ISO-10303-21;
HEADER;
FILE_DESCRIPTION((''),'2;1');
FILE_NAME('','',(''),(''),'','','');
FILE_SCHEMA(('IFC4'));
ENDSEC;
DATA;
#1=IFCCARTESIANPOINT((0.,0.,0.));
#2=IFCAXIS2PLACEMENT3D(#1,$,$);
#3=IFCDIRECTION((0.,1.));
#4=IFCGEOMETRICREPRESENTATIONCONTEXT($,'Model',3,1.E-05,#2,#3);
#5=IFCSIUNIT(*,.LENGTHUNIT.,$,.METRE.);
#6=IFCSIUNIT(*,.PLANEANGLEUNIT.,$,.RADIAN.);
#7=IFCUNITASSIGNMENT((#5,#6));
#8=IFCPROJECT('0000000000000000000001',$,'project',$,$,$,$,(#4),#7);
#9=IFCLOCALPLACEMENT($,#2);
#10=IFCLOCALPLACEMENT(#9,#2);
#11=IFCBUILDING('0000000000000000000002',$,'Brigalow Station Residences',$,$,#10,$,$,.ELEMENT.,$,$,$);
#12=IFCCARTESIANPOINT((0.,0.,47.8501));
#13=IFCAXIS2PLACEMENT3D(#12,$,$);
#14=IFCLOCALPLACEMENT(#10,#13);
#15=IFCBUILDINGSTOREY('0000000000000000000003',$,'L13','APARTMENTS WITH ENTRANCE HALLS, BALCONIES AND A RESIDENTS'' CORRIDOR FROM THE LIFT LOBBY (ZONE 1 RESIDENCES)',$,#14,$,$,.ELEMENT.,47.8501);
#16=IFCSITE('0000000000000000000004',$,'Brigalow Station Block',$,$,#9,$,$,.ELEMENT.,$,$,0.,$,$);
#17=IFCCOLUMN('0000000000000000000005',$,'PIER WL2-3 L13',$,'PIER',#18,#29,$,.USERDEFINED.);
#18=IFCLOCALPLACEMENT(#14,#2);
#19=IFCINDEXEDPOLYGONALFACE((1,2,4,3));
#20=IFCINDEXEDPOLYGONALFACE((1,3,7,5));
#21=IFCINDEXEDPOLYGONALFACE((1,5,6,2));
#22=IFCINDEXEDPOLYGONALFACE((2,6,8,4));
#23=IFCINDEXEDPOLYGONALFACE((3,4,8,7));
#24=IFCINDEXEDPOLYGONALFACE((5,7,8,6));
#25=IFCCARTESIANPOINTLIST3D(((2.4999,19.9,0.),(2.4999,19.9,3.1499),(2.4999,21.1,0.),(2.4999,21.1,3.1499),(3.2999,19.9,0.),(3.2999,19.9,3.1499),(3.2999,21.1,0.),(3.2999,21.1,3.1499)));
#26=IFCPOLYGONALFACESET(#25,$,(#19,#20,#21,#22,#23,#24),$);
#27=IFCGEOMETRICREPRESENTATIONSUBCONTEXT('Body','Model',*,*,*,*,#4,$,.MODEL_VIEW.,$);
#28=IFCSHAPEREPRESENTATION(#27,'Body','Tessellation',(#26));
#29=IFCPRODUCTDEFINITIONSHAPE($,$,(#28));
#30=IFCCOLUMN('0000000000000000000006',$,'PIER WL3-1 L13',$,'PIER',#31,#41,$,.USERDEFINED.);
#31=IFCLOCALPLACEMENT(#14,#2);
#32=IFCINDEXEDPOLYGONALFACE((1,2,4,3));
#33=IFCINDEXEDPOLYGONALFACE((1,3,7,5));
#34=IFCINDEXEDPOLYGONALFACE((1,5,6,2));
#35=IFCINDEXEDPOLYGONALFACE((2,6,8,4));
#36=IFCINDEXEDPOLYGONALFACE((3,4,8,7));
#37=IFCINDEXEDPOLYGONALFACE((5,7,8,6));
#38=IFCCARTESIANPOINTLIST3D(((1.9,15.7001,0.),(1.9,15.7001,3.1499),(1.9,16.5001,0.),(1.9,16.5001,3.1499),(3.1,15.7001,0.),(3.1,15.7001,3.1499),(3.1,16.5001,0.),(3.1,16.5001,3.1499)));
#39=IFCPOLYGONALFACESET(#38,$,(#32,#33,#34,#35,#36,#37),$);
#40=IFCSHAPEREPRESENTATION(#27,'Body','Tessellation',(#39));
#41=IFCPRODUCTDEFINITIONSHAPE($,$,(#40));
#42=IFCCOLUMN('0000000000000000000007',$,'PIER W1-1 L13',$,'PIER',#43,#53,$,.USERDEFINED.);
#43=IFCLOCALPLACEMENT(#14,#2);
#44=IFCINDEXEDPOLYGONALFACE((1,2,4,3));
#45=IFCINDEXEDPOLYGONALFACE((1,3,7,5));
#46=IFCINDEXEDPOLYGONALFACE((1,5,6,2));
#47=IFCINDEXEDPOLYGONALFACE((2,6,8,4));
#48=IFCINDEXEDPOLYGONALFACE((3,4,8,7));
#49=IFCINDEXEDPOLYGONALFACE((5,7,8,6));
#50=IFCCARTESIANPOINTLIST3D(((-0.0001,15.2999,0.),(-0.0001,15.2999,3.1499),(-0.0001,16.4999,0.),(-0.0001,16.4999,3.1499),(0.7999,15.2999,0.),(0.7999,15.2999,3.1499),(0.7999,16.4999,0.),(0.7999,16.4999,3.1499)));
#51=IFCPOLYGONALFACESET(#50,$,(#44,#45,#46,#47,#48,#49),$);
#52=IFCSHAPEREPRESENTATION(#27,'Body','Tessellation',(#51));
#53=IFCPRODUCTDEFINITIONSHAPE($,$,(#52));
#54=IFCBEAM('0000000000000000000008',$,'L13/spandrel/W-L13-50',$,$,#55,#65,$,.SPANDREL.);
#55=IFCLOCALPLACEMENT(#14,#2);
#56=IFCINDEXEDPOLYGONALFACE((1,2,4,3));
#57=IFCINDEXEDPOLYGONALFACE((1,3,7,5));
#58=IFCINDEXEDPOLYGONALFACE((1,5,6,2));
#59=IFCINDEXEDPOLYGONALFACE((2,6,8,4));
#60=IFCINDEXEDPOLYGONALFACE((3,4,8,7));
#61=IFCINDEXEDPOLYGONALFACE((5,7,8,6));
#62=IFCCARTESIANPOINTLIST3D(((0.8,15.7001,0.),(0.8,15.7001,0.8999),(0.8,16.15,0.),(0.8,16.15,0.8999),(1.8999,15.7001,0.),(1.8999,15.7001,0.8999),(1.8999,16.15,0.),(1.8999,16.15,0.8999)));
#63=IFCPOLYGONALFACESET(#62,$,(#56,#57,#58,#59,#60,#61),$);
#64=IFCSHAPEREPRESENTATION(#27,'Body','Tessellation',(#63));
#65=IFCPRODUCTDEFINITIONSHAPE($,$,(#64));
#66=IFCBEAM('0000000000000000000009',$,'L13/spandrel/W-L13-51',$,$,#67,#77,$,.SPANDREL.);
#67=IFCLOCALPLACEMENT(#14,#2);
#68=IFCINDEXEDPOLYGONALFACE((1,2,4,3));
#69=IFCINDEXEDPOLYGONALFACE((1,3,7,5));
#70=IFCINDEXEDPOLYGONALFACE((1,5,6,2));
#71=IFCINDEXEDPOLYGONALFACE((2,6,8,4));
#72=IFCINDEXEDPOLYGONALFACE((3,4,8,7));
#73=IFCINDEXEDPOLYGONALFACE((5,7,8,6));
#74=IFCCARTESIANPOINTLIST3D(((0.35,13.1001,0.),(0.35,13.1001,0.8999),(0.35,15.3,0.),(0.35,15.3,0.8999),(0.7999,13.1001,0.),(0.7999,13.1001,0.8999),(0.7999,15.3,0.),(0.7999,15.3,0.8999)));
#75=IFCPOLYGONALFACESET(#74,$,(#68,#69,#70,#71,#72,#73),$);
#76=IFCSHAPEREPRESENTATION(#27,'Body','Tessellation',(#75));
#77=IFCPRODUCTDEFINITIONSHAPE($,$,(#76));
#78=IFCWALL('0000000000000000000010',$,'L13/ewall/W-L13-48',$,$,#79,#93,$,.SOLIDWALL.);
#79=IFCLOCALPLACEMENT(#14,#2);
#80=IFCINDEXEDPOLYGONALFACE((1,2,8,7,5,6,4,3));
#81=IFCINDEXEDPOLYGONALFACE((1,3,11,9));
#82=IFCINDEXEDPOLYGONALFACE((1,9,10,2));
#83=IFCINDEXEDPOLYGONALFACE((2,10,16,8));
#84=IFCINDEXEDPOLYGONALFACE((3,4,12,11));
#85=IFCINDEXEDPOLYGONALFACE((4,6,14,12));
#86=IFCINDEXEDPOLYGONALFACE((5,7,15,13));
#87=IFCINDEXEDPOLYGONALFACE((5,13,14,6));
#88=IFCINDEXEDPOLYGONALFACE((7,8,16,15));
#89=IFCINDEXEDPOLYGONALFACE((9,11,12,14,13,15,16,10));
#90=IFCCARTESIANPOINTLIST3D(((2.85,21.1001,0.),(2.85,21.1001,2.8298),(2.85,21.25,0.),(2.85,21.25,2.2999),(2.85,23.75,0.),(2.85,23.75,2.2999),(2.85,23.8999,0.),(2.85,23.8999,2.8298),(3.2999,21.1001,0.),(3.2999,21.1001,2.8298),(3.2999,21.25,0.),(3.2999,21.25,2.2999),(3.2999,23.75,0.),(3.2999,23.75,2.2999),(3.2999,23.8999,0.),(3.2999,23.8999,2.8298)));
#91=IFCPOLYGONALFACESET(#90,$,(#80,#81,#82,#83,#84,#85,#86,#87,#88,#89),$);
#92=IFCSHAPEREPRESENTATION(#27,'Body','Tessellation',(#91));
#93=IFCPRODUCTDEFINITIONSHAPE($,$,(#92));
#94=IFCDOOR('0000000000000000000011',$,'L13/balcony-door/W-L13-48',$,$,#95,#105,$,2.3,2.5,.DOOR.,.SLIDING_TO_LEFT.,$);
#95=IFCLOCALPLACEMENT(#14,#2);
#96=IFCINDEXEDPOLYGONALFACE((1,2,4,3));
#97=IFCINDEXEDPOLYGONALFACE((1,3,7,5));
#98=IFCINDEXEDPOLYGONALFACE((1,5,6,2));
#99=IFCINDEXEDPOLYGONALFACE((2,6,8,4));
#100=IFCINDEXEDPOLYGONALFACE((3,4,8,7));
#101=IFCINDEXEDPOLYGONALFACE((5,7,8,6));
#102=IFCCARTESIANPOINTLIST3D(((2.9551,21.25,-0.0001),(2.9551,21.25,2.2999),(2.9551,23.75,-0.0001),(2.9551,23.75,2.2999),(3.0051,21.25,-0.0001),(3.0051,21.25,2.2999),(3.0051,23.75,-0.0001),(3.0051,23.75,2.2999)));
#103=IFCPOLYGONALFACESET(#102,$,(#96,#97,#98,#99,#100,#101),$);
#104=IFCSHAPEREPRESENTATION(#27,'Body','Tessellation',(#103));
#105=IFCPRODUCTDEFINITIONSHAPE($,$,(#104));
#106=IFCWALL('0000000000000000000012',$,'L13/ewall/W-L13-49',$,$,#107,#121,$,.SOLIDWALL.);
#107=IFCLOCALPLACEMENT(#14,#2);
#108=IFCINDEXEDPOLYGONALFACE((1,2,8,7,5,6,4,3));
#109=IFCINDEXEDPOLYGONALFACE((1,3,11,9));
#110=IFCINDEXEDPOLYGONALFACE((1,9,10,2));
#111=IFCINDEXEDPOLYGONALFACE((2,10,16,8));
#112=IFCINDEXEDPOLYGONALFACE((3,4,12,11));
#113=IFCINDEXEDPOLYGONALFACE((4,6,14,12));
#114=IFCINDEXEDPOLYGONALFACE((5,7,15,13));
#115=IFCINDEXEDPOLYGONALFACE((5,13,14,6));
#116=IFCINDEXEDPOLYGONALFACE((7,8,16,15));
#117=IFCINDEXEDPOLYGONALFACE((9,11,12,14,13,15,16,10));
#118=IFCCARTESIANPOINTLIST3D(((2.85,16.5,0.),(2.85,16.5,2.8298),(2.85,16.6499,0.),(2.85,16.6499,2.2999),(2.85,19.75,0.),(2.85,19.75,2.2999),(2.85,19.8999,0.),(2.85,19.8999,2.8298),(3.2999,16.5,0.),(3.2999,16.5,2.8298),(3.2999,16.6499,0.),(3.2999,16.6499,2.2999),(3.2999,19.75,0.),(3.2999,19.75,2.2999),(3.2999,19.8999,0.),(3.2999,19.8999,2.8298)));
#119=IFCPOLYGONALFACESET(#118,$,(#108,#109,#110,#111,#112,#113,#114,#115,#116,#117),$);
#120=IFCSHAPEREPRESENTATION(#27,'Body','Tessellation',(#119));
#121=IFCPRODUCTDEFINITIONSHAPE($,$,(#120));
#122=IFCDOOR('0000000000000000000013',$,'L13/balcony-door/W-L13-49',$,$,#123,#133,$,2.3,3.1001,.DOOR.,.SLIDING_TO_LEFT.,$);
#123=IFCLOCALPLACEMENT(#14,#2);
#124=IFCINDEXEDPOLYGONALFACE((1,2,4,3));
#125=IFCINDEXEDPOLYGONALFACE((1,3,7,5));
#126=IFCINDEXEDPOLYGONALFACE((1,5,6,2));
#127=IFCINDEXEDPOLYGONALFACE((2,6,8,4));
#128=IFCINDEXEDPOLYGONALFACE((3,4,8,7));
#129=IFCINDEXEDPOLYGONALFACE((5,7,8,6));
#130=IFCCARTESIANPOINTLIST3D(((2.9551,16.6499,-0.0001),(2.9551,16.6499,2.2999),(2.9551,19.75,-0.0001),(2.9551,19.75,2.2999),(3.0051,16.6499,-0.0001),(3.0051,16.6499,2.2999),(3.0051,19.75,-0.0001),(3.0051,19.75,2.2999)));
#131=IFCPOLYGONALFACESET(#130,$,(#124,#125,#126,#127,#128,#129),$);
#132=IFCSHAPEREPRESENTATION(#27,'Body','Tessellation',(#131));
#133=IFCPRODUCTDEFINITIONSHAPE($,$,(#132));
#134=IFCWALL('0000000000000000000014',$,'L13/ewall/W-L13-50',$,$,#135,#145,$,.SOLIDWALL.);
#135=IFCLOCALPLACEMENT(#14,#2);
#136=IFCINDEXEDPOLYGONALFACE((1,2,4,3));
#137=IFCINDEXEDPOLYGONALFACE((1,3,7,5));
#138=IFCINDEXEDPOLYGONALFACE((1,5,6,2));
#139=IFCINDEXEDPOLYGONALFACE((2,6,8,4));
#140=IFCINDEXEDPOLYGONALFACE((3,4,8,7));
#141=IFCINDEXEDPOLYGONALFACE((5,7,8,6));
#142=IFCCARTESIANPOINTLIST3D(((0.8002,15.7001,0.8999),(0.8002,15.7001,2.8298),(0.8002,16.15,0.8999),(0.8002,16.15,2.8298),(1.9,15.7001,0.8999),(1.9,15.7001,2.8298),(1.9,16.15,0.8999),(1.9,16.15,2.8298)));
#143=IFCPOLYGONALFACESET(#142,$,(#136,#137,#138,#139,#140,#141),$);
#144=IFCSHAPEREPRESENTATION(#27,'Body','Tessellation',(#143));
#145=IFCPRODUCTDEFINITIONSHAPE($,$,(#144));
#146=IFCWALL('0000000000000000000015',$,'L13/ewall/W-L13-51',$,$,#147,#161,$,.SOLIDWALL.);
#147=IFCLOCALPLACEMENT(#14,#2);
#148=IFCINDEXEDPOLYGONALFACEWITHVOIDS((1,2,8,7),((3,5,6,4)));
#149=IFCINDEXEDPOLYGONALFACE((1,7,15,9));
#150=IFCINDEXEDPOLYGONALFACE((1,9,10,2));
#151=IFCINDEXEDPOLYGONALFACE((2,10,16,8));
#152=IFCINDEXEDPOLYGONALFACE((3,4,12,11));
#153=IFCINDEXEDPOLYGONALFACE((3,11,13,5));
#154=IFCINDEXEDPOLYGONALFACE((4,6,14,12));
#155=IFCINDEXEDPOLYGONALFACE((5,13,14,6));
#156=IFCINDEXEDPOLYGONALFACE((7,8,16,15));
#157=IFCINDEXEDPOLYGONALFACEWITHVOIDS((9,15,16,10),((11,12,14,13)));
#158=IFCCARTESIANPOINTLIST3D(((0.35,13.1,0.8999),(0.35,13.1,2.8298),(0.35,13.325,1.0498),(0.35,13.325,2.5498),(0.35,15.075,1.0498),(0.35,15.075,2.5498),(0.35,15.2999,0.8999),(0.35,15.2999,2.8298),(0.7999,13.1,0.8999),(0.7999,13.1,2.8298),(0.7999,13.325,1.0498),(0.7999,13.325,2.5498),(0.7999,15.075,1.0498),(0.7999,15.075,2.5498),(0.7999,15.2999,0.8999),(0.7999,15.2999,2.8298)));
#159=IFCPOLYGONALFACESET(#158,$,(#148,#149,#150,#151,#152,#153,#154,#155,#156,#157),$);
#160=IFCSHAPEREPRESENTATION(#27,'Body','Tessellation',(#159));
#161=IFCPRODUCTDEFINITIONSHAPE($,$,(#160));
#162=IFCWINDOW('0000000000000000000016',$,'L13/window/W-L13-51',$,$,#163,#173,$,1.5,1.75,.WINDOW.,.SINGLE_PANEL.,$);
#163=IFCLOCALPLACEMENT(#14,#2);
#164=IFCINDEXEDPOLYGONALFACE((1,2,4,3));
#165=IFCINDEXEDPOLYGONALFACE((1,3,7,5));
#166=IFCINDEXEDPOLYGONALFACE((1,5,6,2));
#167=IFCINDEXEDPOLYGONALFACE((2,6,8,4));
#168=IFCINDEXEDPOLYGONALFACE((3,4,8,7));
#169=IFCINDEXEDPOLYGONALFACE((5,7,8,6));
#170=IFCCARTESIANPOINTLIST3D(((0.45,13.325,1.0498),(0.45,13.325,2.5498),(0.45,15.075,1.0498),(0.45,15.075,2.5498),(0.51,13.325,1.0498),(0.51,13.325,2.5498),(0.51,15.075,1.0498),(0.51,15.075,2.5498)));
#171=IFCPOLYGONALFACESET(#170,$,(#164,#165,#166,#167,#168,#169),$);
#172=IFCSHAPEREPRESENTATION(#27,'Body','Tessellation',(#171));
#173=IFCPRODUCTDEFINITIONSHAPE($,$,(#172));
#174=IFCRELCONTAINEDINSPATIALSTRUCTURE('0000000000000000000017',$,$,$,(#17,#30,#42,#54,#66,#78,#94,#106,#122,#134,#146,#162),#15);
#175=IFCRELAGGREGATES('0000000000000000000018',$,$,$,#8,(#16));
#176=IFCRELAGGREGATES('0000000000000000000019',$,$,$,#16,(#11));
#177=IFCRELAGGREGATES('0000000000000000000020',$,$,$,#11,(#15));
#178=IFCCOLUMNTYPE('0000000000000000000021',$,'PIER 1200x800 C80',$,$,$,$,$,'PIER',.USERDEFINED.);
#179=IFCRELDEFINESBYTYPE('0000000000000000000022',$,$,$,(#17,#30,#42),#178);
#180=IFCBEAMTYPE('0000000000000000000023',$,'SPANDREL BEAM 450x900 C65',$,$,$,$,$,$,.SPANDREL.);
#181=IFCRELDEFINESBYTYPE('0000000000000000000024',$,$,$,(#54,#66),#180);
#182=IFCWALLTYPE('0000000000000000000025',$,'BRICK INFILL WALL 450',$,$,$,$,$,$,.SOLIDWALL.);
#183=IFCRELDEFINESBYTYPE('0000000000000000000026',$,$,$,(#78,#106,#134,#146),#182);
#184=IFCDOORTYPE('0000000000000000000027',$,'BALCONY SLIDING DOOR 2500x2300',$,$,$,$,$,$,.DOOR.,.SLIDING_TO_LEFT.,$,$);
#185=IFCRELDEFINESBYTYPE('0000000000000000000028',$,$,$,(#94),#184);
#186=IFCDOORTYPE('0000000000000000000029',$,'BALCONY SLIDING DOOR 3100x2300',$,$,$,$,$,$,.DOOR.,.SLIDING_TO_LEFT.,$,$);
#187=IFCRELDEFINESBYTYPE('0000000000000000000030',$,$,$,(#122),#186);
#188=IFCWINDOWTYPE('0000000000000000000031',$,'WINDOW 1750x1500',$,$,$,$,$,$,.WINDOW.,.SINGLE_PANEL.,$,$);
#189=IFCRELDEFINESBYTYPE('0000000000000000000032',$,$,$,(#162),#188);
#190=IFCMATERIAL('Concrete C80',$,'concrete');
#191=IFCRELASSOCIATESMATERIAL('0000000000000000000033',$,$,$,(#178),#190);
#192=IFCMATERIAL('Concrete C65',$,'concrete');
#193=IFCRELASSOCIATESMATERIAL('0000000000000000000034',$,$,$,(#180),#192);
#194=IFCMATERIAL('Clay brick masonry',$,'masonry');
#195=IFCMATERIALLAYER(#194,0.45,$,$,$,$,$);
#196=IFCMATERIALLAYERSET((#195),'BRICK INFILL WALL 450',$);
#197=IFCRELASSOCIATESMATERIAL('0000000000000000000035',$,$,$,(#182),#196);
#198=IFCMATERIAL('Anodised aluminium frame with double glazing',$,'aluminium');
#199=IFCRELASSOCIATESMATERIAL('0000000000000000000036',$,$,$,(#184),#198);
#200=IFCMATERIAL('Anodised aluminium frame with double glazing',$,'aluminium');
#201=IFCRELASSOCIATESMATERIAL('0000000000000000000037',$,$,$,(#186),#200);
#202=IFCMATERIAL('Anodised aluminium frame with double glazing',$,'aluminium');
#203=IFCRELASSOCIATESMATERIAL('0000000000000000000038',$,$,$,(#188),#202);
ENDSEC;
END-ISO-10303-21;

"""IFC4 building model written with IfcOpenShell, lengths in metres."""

from ifc_helpers import new_model, si_unit, direction, frame, frame_2d, origin, origin_2d, place, context, subcontext, project, spatial, rectangle, extrude, material, layer, layer_set, material_profile, profile_set, type_object, element, fill, save


model = new_model("IFC4")

# Units and contexts
model_context = context("Model", 3, precision=1e-05, world=origin(), true_north=direction((0.0, 1.0)))
body_context = subcontext(model_context, "Body", "Model", "MODEL_VIEW")
ifc_project = project(units=[si_unit("LENGTHUNIT", "METRE"), si_unit("PLANEANGLEUNIT", "RADIAN")], contexts=[model_context])

# Site, building, storey
site_placement = place(None, origin())
site = spatial("IfcSite", under=ifc_project, at=site_placement, Name="Brigalow Station Block", CompositionType="ELEMENT", RefElevation=0.0)
building_placement = place(site_placement, origin())
building = spatial("IfcBuilding", under=site, at=building_placement, Name="Brigalow Station Residences", CompositionType="ELEMENT")
storey_placement = place(building_placement, frame((0.0, 0.0, 47.8501)))
storey = spatial("IfcBuildingStorey", under=building, at=storey_placement, Name="L13", Description="APARTMENTS WITH ENTRANCE HALLS, BALCONIES AND A RESIDENTS' CORRIDOR FROM THE LIFT LOBBY (ZONE 1 RESIDENCES)", CompositionType="ELEMENT", Elevation=47.8501)

# Columns
ifc_material_1 = material(Name="Concrete C80", Category="concrete")
ifc_material_profile_1 = material_profile(ifc_material_1, rectangle(XDim=1.2, YDim=0.8, at=origin_2d()), Name="RC1200x800")
ifc_profile_set_1 = profile_set([ifc_material_profile_1], Name="Concrete C80")
column_type = type_object("IfcColumnType", Name="PIER 1200x800 C80", ElementType="PIER", PredefinedType="USERDEFINED", material=ifc_profile_set_1)
for number, where, z_axis, x_axis, name in (
    (1, (2.8999, 20.5, 0.0), (0.0, 0.0, 1.0), (0.0, -1.0, 0.0), "PIER WL2-3 L13"),
    (2, (2.5, 16.1001, 0.0), (0.0, 0.0, 1.0), (-1.0, 0.0, 0.0), "PIER WL3-1 L13"),
    (3, (0.3999, 15.8999, 0.0), (0.0, 0.0, 1.0), (0.0, -1.0, 0.0), "PIER W1-1 L13"),
):
    element("IfcColumn", number, at=place(storey_placement, frame(where, z_axis=z_axis, x_axis=x_axis)), inside=storey, type_object=column_type, Name=name, ObjectType="PIER", PredefinedType="USERDEFINED", context=body_context, shape_type="SweptSolid", body=[
        extrude(rectangle(XDim=1.2, YDim=0.8, at=origin_2d()), origin(), (0.0, 0.0, 1.0), 3.1499),
    ])

# Beams
ifc_material_2 = material(Name="Concrete C65", Category="concrete")
ifc_material_profile_2 = material_profile(ifc_material_2, rectangle(XDim=0.45, YDim=0.8999, at=origin_2d()), Name="RC450x900")
ifc_profile_set_2 = profile_set([ifc_material_profile_2], Name="Concrete C65")
beam_type = type_object("IfcBeamType", Name="SPANDREL BEAM 450x900 C65", PredefinedType="SPANDREL", material=ifc_profile_set_2)
beam_1_placement = place(storey_placement, frame((1.8999, 15.925, 0.45), z_axis=(-1.0, 0.0, 0.0), x_axis=(0.0, -1.0, 0.0)))
element("IfcBeam", 4, at=beam_1_placement, inside=storey, type_object=beam_type, Name="L13/spandrel/W-L13-50", PredefinedType="SPANDREL", context=body_context, shape_type="SweptSolid", body=[
    extrude(rectangle(XDim=0.45, YDim=0.8999, at=origin_2d()), origin(), (0.0, 0.0, 1.0), 1.0999),
])
beam_2_placement = place(storey_placement, frame((0.575, 15.3, 0.45), z_axis=(0.0, -1.0, 0.0), x_axis=(1.0, 0.0, 0.0)))
element("IfcBeam", 5, at=beam_2_placement, inside=storey, type_object=beam_type, Name="L13/spandrel/W-L13-51", PredefinedType="SPANDREL", context=body_context, shape_type="SweptSolid", body=[
    extrude(rectangle(XDim=0.45, YDim=0.8999, at=origin_2d()), origin(), (0.0, 0.0, 1.0), 2.2),
])

# Walls, openings, doors
ifc_material_3 = material(Name="Clay brick masonry", Category="masonry")
ifc_layer_1 = layer(ifc_material_3, 0.45)
ifc_layer_set_1 = layer_set([ifc_layer_1], Name="BRICK INFILL WALL 450")
wall_type_1 = type_object("IfcWallType", Name="BRICK INFILL WALL 450", PredefinedType="SOLIDWALL", material=ifc_layer_set_1)
wall_1_placement = place(storey_placement, frame((3.075, 23.8999, 0.0), z_axis=(0.0, 0.0, 1.0), x_axis=(0.0, -1.0, 0.0)))
wall_1 = element("IfcWall", 6, at=wall_1_placement, inside=storey, type_object=wall_type_1, Name="L13/ewall/W-L13-48", PredefinedType="SOLIDWALL", context=body_context, shape_type="SweptSolid", body=[
    extrude(rectangle(XDim=2.7998, YDim=0.45, at=frame_2d((1.3999, 0.0))), origin(), (0.0, 0.0, 1.0), 2.8298),
])
opening_1_placement = place(wall_1_placement, frame((0.1499, 0.0, 0.0)))
opening_1 = element("IfcOpeningElement", 7, at=opening_1_placement, cuts=wall_1, PredefinedType="OPENING", context=body_context, shape_type="SweptSolid", body=[
    extrude(rectangle(XDim=2.5, YDim=2.3, at=frame_2d((1.25, 1.1499))), frame((0.0, 0.2349, 0.0), z_axis=(0.0, -1.0, 0.0), x_axis=(1.0, 0.0, 0.0)), (0.0, 0.0, 1.0), 0.47),
])
ifc_material_4 = material(Name="Anodised aluminium frame with double glazing", Category="aluminium")
door_type_1 = type_object("IfcDoorType", Name="BALCONY SLIDING DOOR 2500x2300", OperationType="SLIDING_TO_LEFT", PredefinedType="DOOR", material=ifc_material_4)
door_1_placement = place(opening_1_placement, origin())
door_1 = element("IfcDoor", 8, at=door_1_placement, inside=storey, type_object=door_type_1, Name="L13/balcony-door/W-L13-48", OperationType="SLIDING_TO_LEFT", OverallHeight=2.3, OverallWidth=2.5, PredefinedType="DOOR", context=body_context, shape_type="SweptSolid", body=[
    extrude(rectangle(XDim=2.5, YDim=2.3, at=frame_2d((1.25, 1.1499))), frame((0.0, -0.0698, 0.0), z_axis=(0.0, -1.0, 0.0), x_axis=(1.0, 0.0, 0.0)), (0.0, 0.0, 1.0), 0.05),
])
fill(opening_1, door_1)
wall_2_placement = place(storey_placement, frame((3.075, 19.8999, 0.0), z_axis=(0.0, 0.0, 1.0), x_axis=(0.0, -1.0, 0.0)))
wall_2 = element("IfcWall", 9, at=wall_2_placement, inside=storey, type_object=wall_type_1, Name="L13/ewall/W-L13-49", PredefinedType="SOLIDWALL", context=body_context, shape_type="SweptSolid", body=[
    extrude(rectangle(XDim=3.3999, YDim=0.45, at=frame_2d((1.7, 0.0))), origin(), (0.0, 0.0, 1.0), 2.8298),
])
opening_2_placement = place(wall_2_placement, frame((0.1499, 0.0, 0.0)))
opening_2 = element("IfcOpeningElement", 10, at=opening_2_placement, cuts=wall_2, PredefinedType="OPENING", context=body_context, shape_type="SweptSolid", body=[
    extrude(rectangle(XDim=3.1001, YDim=2.3, at=frame_2d((1.55, 1.1499))), frame((0.0, 0.2349, 0.0), z_axis=(0.0, -1.0, 0.0), x_axis=(1.0, 0.0, 0.0)), (0.0, 0.0, 1.0), 0.47),
])
ifc_material_5 = material(Name="Anodised aluminium frame with double glazing", Category="aluminium")
door_type_2 = type_object("IfcDoorType", Name="BALCONY SLIDING DOOR 3100x2300", OperationType="SLIDING_TO_LEFT", PredefinedType="DOOR", material=ifc_material_5)
door_2_placement = place(opening_2_placement, origin())
door_2 = element("IfcDoor", 11, at=door_2_placement, inside=storey, type_object=door_type_2, Name="L13/balcony-door/W-L13-49", OperationType="SLIDING_TO_LEFT", OverallHeight=2.3, OverallWidth=3.1001, PredefinedType="DOOR", context=body_context, shape_type="SweptSolid", body=[
    extrude(rectangle(XDim=3.1001, YDim=2.3, at=frame_2d((1.55, 1.1499))), frame((0.0, -0.0698, 0.0), z_axis=(0.0, -1.0, 0.0), x_axis=(1.0, 0.0, 0.0)), (0.0, 0.0, 1.0), 0.05),
])
fill(opening_2, door_2)

# Wall
wall_3_placement = place(storey_placement, frame((1.8999, 15.925, 0.8999), z_axis=(0.0, 0.0, 1.0), x_axis=(-1.0, 0.0, 0.0)))
element("IfcWall", 12, at=wall_3_placement, inside=storey, type_object=wall_type_1, Name="L13/ewall/W-L13-50", PredefinedType="SOLIDWALL", context=body_context, shape_type="SweptSolid", body=[
    extrude(rectangle(XDim=1.0999, YDim=0.45, at=frame_2d((0.5498, 0.0))), origin(), (0.0, 0.0, 1.0), 1.9299),
])

# Wall, opening, window
wall_4_placement = place(storey_placement, frame((0.575, 15.3, 0.8999), z_axis=(0.0, 0.0, 1.0), x_axis=(0.0, -1.0, 0.0)))
wall_4 = element("IfcWall", 13, at=wall_4_placement, inside=storey, type_object=wall_type_1, Name="L13/ewall/W-L13-51", PredefinedType="SOLIDWALL", context=body_context, shape_type="SweptSolid", body=[
    extrude(rectangle(XDim=2.2, YDim=0.45, at=frame_2d((1.1001, 0.0))), origin(), (0.0, 0.0, 1.0), 1.9299),
])
opening_3_placement = place(wall_4_placement, frame((0.2251, 0.0, 0.1499)))
opening_3 = element("IfcOpeningElement", 14, at=opening_3_placement, cuts=wall_4, PredefinedType="OPENING", context=body_context, shape_type="SweptSolid", body=[
    extrude(rectangle(XDim=1.75, YDim=1.5, at=frame_2d((0.875, 0.75))), frame((0.0, 0.2349, 0.0), z_axis=(0.0, -1.0, 0.0), x_axis=(1.0, 0.0, 0.0)), (0.0, 0.0, 1.0), 0.47),
])
ifc_material_6 = material(Name="Anodised aluminium frame with double glazing", Category="aluminium")
window_type = type_object("IfcWindowType", Name="WINDOW 1750x1500", PartitioningType="SINGLE_PANEL", PredefinedType="WINDOW", material=ifc_material_6)
window_placement = place(opening_3_placement, origin())
window = element("IfcWindow", 15, at=window_placement, inside=storey, type_object=window_type, Name="L13/window/W-L13-51", OverallHeight=1.5, OverallWidth=1.75, PartitioningType="SINGLE_PANEL", PredefinedType="WINDOW", context=body_context, shape_type="SweptSolid", body=[
    extrude(rectangle(XDim=1.75, YDim=1.5, at=frame_2d((0.875, 0.75))), frame((0.0, -0.0649, 0.0), z_axis=(0.0, -1.0, 0.0), x_axis=(1.0, 0.0, 0.0)), (0.0, 0.0, 1.0), 0.0601),
])
fill(opening_3, window)

save(model, "model.ifc")
